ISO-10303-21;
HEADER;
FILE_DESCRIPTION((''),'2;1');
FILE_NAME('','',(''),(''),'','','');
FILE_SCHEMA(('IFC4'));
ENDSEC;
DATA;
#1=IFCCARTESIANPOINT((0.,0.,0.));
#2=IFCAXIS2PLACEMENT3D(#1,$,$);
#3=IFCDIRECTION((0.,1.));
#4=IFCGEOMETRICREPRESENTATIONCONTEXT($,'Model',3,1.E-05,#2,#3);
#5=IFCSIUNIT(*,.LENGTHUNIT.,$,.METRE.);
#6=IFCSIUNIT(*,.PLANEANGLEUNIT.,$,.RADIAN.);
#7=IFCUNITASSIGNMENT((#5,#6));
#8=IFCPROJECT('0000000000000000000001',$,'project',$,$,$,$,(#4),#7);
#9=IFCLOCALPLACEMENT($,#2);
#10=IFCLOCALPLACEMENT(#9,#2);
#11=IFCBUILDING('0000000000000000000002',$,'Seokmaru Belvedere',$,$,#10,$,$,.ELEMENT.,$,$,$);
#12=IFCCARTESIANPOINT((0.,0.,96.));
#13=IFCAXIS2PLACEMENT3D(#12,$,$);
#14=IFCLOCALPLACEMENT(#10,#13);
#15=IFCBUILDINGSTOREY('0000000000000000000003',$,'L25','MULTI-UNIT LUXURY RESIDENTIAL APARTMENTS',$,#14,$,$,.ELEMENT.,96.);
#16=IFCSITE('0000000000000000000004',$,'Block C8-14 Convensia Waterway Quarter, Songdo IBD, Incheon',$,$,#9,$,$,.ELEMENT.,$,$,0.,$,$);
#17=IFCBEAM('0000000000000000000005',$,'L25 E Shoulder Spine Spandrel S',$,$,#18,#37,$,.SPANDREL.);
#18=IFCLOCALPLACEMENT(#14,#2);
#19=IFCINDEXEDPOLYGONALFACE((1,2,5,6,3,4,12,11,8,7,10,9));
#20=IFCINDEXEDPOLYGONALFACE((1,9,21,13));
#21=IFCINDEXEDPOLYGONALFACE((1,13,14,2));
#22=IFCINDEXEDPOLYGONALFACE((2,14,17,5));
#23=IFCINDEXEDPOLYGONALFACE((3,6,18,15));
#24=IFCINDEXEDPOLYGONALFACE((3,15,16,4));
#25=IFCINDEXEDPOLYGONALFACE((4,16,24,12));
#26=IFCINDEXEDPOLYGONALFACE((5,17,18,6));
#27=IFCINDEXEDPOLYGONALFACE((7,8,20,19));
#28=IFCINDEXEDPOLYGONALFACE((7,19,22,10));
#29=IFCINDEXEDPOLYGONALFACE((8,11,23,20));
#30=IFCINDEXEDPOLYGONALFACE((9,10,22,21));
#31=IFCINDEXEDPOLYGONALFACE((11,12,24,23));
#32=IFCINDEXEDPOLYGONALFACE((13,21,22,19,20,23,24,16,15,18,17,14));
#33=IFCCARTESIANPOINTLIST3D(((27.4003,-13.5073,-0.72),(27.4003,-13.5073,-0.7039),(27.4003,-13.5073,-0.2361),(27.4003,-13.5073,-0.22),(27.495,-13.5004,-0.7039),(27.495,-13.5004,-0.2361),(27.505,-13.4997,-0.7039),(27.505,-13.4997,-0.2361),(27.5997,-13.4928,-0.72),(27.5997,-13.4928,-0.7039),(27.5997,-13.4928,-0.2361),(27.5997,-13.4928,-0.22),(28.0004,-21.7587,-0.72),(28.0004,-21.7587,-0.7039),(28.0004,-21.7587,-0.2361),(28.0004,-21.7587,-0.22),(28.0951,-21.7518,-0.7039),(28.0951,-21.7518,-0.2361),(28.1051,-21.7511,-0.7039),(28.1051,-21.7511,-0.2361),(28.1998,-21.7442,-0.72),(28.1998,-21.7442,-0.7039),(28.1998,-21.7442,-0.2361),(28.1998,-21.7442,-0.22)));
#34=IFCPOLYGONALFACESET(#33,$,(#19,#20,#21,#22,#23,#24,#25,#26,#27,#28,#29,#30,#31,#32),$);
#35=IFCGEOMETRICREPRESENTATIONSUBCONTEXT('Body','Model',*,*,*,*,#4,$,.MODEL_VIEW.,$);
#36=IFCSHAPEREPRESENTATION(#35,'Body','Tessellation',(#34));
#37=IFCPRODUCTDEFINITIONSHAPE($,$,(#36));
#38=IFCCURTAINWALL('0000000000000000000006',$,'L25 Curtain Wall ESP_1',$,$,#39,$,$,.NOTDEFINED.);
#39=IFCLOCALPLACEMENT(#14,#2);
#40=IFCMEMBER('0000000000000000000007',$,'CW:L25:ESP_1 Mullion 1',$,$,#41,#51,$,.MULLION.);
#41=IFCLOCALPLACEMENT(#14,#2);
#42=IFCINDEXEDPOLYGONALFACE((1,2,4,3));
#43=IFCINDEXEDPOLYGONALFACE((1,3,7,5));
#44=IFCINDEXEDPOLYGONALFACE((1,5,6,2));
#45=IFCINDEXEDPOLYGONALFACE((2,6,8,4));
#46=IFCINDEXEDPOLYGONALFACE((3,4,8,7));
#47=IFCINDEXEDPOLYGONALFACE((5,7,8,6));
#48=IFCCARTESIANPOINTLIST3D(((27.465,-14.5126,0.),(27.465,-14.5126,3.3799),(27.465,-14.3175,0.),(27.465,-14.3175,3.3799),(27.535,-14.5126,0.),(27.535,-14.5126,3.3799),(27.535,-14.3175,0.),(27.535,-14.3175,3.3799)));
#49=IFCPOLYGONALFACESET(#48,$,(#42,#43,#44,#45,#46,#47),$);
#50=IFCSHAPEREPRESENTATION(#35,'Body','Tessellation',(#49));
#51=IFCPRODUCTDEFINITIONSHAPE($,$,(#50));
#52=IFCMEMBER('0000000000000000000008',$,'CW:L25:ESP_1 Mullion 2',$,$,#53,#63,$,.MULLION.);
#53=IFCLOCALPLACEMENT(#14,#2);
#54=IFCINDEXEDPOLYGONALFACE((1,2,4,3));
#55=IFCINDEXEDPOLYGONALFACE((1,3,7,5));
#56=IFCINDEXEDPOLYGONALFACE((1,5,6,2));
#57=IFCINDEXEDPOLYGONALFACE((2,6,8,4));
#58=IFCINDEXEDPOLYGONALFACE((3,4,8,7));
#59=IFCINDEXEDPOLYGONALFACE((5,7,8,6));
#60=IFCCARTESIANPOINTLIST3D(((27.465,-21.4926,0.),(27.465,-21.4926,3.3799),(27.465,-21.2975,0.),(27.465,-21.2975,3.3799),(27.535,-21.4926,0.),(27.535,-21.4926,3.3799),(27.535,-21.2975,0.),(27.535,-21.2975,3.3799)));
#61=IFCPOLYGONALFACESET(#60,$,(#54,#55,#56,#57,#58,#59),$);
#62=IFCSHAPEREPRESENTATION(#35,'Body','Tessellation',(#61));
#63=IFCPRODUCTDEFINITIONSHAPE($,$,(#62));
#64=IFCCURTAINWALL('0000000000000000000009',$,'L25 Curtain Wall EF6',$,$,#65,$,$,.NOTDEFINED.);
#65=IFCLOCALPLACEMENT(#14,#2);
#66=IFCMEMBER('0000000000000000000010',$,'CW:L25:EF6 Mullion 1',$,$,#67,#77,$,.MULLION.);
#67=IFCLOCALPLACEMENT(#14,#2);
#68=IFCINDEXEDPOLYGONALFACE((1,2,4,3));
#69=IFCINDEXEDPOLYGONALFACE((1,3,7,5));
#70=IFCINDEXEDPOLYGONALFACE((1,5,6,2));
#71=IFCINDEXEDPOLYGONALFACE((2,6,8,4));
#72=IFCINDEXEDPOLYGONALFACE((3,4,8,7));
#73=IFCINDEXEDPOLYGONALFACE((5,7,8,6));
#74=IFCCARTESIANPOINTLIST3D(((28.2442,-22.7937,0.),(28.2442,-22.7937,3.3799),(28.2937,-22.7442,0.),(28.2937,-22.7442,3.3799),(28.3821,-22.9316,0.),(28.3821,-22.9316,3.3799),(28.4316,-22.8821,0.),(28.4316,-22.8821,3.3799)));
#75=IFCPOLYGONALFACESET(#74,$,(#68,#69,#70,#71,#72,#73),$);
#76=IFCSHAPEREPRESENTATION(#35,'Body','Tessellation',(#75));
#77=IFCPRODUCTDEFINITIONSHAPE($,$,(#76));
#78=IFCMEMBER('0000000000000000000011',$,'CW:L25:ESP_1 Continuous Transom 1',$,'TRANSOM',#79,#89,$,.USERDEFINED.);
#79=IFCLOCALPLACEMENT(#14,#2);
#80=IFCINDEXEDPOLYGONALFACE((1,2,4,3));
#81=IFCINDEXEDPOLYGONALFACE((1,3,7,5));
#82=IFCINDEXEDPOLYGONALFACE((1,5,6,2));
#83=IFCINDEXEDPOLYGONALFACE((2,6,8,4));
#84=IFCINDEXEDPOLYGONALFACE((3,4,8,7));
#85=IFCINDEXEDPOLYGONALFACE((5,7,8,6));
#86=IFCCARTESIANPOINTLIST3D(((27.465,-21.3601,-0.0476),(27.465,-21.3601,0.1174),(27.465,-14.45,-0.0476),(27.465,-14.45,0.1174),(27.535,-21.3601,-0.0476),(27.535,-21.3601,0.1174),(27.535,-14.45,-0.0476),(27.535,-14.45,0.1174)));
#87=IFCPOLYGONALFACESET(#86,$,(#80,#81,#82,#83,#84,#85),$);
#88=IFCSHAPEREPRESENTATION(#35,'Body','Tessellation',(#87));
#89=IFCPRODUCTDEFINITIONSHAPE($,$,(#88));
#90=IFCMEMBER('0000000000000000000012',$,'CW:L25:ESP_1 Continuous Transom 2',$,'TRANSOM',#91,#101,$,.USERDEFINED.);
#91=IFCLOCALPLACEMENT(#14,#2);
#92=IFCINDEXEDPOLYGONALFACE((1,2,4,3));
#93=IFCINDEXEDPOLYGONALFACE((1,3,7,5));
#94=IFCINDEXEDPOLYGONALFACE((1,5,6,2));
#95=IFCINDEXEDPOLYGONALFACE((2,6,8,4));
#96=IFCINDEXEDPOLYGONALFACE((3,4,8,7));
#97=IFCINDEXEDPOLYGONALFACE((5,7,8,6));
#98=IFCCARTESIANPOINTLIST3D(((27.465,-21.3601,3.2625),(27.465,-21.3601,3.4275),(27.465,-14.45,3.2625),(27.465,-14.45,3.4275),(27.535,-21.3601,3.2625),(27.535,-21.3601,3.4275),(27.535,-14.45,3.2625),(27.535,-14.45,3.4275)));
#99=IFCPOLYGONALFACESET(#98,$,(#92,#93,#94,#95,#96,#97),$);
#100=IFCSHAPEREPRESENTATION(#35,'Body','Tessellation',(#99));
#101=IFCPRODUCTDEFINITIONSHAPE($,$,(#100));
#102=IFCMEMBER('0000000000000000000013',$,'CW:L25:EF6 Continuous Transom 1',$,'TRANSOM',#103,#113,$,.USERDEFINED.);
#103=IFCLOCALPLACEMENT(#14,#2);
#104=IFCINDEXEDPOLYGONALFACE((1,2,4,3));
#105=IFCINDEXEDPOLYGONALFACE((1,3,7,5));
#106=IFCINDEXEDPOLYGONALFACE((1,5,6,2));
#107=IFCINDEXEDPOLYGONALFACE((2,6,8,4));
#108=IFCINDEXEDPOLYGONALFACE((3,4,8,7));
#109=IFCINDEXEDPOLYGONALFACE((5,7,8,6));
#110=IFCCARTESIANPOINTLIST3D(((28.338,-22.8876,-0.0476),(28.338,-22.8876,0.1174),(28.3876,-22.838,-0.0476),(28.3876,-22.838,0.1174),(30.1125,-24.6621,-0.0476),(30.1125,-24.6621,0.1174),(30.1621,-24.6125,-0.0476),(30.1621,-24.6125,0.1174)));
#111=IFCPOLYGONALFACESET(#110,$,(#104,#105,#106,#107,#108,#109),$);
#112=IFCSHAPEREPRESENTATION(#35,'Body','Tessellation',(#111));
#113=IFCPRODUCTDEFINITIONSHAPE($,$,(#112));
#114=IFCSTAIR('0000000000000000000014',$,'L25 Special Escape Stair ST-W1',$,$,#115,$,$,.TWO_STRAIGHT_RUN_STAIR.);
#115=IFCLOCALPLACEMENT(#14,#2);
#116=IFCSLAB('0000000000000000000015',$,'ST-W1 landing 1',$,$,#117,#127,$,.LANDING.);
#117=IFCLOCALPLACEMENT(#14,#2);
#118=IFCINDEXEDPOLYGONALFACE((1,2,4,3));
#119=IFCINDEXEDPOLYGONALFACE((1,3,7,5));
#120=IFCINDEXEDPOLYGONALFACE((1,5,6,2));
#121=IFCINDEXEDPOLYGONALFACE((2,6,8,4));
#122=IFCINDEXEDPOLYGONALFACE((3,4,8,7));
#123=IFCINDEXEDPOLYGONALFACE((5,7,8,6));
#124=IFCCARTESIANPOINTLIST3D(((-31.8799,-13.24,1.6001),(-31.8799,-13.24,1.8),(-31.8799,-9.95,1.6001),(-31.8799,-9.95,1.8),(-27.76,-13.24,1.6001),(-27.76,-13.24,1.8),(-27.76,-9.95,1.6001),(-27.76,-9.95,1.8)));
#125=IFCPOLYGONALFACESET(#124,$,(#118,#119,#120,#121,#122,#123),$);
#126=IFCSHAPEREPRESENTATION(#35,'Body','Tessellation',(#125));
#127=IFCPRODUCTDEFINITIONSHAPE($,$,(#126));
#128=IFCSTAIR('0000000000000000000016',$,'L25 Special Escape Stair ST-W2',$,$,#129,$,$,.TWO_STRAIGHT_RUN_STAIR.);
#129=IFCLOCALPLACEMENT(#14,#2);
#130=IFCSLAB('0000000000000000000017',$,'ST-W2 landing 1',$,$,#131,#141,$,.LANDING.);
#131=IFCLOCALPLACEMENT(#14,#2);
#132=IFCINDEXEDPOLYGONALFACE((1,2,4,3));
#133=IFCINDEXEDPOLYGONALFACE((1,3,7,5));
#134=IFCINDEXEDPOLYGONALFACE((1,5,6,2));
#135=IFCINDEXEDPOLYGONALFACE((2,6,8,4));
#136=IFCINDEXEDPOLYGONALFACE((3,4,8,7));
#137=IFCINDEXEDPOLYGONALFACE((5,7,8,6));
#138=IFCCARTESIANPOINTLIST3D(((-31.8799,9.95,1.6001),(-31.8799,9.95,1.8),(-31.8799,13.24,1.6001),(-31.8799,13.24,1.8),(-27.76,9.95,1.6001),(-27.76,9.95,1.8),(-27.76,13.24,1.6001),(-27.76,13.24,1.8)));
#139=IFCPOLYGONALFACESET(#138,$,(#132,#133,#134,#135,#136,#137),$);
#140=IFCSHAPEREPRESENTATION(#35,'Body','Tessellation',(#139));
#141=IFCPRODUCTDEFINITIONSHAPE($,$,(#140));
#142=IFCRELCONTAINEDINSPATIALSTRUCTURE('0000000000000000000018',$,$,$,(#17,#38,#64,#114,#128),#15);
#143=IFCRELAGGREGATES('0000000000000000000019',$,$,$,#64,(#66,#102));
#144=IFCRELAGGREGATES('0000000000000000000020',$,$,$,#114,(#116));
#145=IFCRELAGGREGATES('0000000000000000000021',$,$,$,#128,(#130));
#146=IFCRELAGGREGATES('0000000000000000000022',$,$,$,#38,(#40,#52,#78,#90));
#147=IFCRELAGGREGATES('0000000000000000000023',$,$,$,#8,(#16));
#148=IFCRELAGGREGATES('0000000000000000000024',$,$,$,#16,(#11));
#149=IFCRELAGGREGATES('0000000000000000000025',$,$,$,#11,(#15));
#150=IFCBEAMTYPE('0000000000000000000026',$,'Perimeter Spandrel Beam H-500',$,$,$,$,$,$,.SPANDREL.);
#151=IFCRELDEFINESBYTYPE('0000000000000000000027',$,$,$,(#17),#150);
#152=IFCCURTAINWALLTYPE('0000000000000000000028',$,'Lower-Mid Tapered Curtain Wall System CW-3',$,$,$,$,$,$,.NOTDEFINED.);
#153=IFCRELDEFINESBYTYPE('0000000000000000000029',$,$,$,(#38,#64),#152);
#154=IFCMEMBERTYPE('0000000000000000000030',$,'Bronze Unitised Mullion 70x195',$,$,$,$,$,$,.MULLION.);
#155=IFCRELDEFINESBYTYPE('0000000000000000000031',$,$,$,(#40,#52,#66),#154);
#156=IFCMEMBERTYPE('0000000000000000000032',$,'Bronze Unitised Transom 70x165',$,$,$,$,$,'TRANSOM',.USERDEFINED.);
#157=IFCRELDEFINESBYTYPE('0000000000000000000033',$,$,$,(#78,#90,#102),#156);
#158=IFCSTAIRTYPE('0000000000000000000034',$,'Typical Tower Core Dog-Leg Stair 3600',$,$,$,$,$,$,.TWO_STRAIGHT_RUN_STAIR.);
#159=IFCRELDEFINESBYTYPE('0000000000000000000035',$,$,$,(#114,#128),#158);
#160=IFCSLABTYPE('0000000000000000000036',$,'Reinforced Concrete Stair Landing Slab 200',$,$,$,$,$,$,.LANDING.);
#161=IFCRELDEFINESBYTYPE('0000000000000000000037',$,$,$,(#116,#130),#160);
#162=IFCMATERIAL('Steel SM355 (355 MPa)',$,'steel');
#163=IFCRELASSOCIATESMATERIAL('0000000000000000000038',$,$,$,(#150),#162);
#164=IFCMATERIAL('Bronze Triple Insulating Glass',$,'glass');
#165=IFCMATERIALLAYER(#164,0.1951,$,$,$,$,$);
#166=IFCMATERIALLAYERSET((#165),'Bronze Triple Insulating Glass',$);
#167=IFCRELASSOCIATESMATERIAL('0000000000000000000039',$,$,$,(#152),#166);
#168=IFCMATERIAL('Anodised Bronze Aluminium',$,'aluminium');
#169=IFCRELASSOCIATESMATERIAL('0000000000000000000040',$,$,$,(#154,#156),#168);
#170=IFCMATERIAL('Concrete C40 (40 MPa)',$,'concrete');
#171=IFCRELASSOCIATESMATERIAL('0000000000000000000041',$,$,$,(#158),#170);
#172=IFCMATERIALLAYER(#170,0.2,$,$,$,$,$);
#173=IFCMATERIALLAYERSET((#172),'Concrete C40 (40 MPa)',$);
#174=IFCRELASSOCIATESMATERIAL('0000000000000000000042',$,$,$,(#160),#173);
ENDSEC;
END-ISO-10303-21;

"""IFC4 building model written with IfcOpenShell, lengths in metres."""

from ifc_helpers import new_model, si_unit, direction, frame, origin, origin_2d, place, context, subcontext, project, spatial, polyline, rectangle, i_section, outline, extrude, source, transform, mapped, material, layer, layer_set, material_profile, profile_set, type_object, type_shapes, element, aggregate, save


model = new_model("IFC4")

# Units and contexts
model_context = context("Model", 3, precision=1e-05, world=origin(), true_north=direction((0.0, 1.0)))
body_context = subcontext(model_context, "Body", "Model", "MODEL_VIEW")
ifc_project = project(units=[si_unit("LENGTHUNIT", "METRE"), si_unit("PLANEANGLEUNIT", "RADIAN")], contexts=[model_context])

# Site, building, storey
site_placement = place(None, origin())
site = spatial("IfcSite", under=ifc_project, at=site_placement, Name="Block C8-14 Convensia Waterway Quarter, Songdo IBD, Incheon", CompositionType="ELEMENT", RefElevation=0.0)
building_placement = place(site_placement, origin())
building = spatial("IfcBuilding", under=site, at=building_placement, Name="Seokmaru Belvedere", CompositionType="ELEMENT")
storey_placement = place(building_placement, frame((0.0, 0.0, 96.0)))
storey = spatial("IfcBuildingStorey", under=building, at=storey_placement, Name="L25", Description="MULTI-UNIT LUXURY RESIDENTIAL APARTMENTS", CompositionType="ELEMENT", Elevation=96.0)

# Shared definitions
ifc_material_1 = material(Name="Steel SM355 (355 MPa)", Category="steel")

# Beam
ifc_material_profile_1 = material_profile(ifc_material_1, i_section(OverallWidth=0.2, OverallDepth=0.5, WebThickness=0.01, FlangeThickness=0.0161, at=origin_2d()), Name="H-500x200x10x16")
ifc_profile_set_1 = profile_set([ifc_material_profile_1], Name="Steel SM355 (355 MPa)")
beam_type_1 = type_object("IfcBeamType", Name="Perimeter Spandrel Beam H-500", PredefinedType="SPANDREL", material=ifc_profile_set_1)
shared_shape_1 = source(origin(), body_context, "Body", "SweptSolid", [
    extrude(i_section(OverallWidth=0.2, OverallDepth=0.5, WebThickness=0.01, FlangeThickness=0.0161, at=origin_2d()), origin(), (0.0, 0.0, 1.0), 8.2732),
])
beam_1_placement = place(storey_placement, frame((28.1001, -21.7515, -0.47), z_axis=(-0.072535, 0.997366, 0.0), x_axis=(-0.997366, -0.072535, 0.0)))
element("IfcBeam", 1, at=beam_1_placement, inside=storey, type_object=beam_type_1, Name="L25 E Shoulder Spine Spandrel S", PredefinedType="SPANDREL", context=body_context, shape_type="MappedRepresentation", body=[
    mapped(shared_shape_1, transform((0.0, 0.0, 0.0), scale=1.0)),
])

# Curtain wall, members
ifc_material_2 = material(Name="Bronze Triple Insulating Glass", Category="glass")
ifc_layer_1 = layer(ifc_material_2, 0.1951)
ifc_layer_set_1 = layer_set([ifc_layer_1], Name="Bronze Triple Insulating Glass")
curtain_wall_type = type_object("IfcCurtainWallType", Name="Lower-Mid Tapered Curtain Wall System CW-3", PredefinedType="NOTDEFINED", material=ifc_layer_set_1)
curtain_wall_1_placement = place(storey_placement, origin())
curtain_wall_1 = element("IfcCurtainWall", 2, at=curtain_wall_1_placement, inside=storey, type_object=curtain_wall_type, Name="L25 Curtain Wall ESP_1", PredefinedType="NOTDEFINED")
ifc_material_3 = material(Name="Anodised Bronze Aluminium", Category="aluminium")
ifc_material_profile_2 = material_profile(ifc_material_3, rectangle(XDim=0.0701, YDim=0.1951, at=origin_2d()), Name="CW-M-70x195")
ifc_profile_set_2 = profile_set([ifc_material_profile_2], Name="Anodised Bronze Aluminium")
member_type_1 = type_object("IfcMemberType", Name="Bronze Unitised Mullion 70x195", PredefinedType="MULLION", material=ifc_profile_set_2)
shared_shape_2 = source(origin(), body_context, "Body", "SweptSolid", [
    extrude(rectangle(XDim=0.0701, YDim=0.1951, at=origin_2d()), origin(), (0.0, 0.0, 1.0), 3.3799),
])
type_shapes(member_type_1, [shared_shape_2])
member_1_placement = place(storey_placement, frame((27.5, -14.415, 0.0), z_axis=(0.0, 0.0, 1.0), x_axis=(1.0, 0.0, 0.0)))
member_1 = element("IfcMember", 3, at=member_1_placement, type_object=member_type_1, Name="CW:L25:ESP_1 Mullion 1", PredefinedType="MULLION", context=body_context, shape_type="MappedRepresentation", body=[
    mapped(shared_shape_2, transform((0.0, 0.0, 0.0), scale=1.0)),
])
member_2_placement = place(storey_placement, frame((27.5, -21.395, 0.0), z_axis=(0.0, 0.0, 1.0), x_axis=(1.0, 0.0, 0.0)))
member_2 = element("IfcMember", 4, at=member_2_placement, type_object=member_type_1, Name="CW:L25:ESP_1 Mullion 2", PredefinedType="MULLION", context=body_context, shape_type="MappedRepresentation", body=[
    mapped(shared_shape_2, transform((0.0, 0.0, 0.0), scale=1.0)),
])

# Curtain wall, member
curtain_wall_2_placement = place(storey_placement, origin())
curtain_wall_2 = element("IfcCurtainWall", 5, at=curtain_wall_2_placement, inside=storey, type_object=curtain_wall_type, Name="L25 Curtain Wall EF6", PredefinedType="NOTDEFINED")
member_3_placement = place(storey_placement, frame((28.3379, -22.8379, 0.0), z_axis=(0.0, 0.0, 1.0), x_axis=(0.707107, 0.707107, 0.0)))
member_3 = element("IfcMember", 6, at=member_3_placement, type_object=member_type_1, Name="CW:L25:EF6 Mullion 1", PredefinedType="MULLION", context=body_context, shape_type="MappedRepresentation", body=[
    mapped(shared_shape_2, transform((0.0, 0.0, 0.0), scale=1.0)),
])

# Members
ifc_material_profile_3 = material_profile(ifc_material_3, rectangle(XDim=0.0701, YDim=0.165, at=origin_2d()), Name="CW-T-70x165")
ifc_profile_set_3 = profile_set([ifc_material_profile_3], Name="Anodised Bronze Aluminium")
member_type_2 = type_object("IfcMemberType", Name="Bronze Unitised Transom 70x165", ElementType="TRANSOM", PredefinedType="USERDEFINED", material=ifc_profile_set_3)
shared_shape_3 = source(origin(), body_context, "Body", "SweptSolid", [
    extrude(rectangle(XDim=0.0701, YDim=0.165, at=origin_2d()), origin(), (0.0, 0.0, 1.0), 6.9102),
])
member_4_placement = place(storey_placement, frame((27.5, -14.45, 0.0349), z_axis=(0.0, -1.0, 0.0), x_axis=(1.0, 0.0, 0.0)))
member_4 = element("IfcMember", 7, at=member_4_placement, type_object=member_type_2, Name="CW:L25:ESP_1 Continuous Transom 1", ObjectType="TRANSOM", PredefinedType="USERDEFINED", context=body_context, shape_type="MappedRepresentation", body=[
    mapped(shared_shape_3, transform((0.0, 0.0, 0.0), scale=1.0)),
])
member_5_placement = place(storey_placement, frame((27.5, -14.45, 3.345), z_axis=(0.0, -1.0, 0.0), x_axis=(1.0, 0.0, 0.0)))
member_5 = element("IfcMember", 8, at=member_5_placement, type_object=member_type_2, Name="CW:L25:ESP_1 Continuous Transom 2", ObjectType="TRANSOM", PredefinedType="USERDEFINED", context=body_context, shape_type="MappedRepresentation", body=[
    mapped(shared_shape_3, transform((0.0, 0.0, 0.0), scale=1.0)),
])
shared_shape_4 = source(origin(), body_context, "Body", "SweptSolid", [
    extrude(rectangle(XDim=0.0701, YDim=0.165, at=origin_2d()), origin(), (0.0, 0.0, 1.0), 2.5095),
])
type_shapes(member_type_2, [shared_shape_3, shared_shape_4])
member_6_placement = place(storey_placement, frame((28.3628, -22.8628, 0.0349), z_axis=(0.707107, -0.707107, 0.0), x_axis=(0.707107, 0.707107, 0.0)))
member_6 = element("IfcMember", 9, at=member_6_placement, type_object=member_type_2, Name="CW:L25:EF6 Continuous Transom 1", ObjectType="TRANSOM", PredefinedType="USERDEFINED", context=body_context, shape_type="MappedRepresentation", body=[
    mapped(shared_shape_4, transform((0.0, 0.0, 0.0), scale=1.0)),
])
aggregate(curtain_wall_2, [member_3, member_6])

# Stairs, slabs
ifc_material_4 = material(Name="Concrete C40 (40 MPa)", Category="concrete")
stair_type = type_object("IfcStairType", Name="Typical Tower Core Dog-Leg Stair 3600", PredefinedType="TWO_STRAIGHT_RUN_STAIR", material=ifc_material_4)
stair_1_placement = place(storey_placement, origin())
stair_1 = element("IfcStair", 10, at=stair_1_placement, inside=storey, type_object=stair_type, Name="L25 Special Escape Stair ST-W1", PredefinedType="TWO_STRAIGHT_RUN_STAIR")
ifc_layer_2 = layer(ifc_material_4, 0.2)
ifc_layer_set_2 = layer_set([ifc_layer_2], Name="Concrete C40 (40 MPa)")
slab_type_1 = type_object("IfcSlabType", Name="Reinforced Concrete Stair Landing Slab 200", PredefinedType="LANDING", material=ifc_layer_set_2)
slab_1_placement = place(storey_placement, frame((0.0, 0.0, 1.6001)))
slab_1 = element("IfcSlab", 11, at=slab_1_placement, type_object=slab_type_1, Name="ST-W1 landing 1", PredefinedType="LANDING", context=body_context, shape_type="SweptSolid", body=[
    extrude(outline(polyline([(-31.8799, -13.24), (-27.76, -13.24), (-27.76, -9.95), (-31.8799, -9.95), (-31.8799, -13.24)])), origin(), (0.0, 0.0, 1.0), 0.2),
])
aggregate(stair_1, [slab_1])
stair_2_placement = place(storey_placement, origin())
stair_2 = element("IfcStair", 12, at=stair_2_placement, inside=storey, type_object=stair_type, Name="L25 Special Escape Stair ST-W2", PredefinedType="TWO_STRAIGHT_RUN_STAIR")
slab_2_placement = place(storey_placement, frame((0.0, 0.0, 1.6001)))
slab_2 = element("IfcSlab", 13, at=slab_2_placement, type_object=slab_type_1, Name="ST-W2 landing 1", PredefinedType="LANDING", context=body_context, shape_type="SweptSolid", body=[
    extrude(outline(polyline([(-31.8799, 9.95), (-27.76, 9.95), (-27.76, 13.24), (-31.8799, 13.24), (-31.8799, 9.95)])), origin(), (0.0, 0.0, 1.0), 0.2),
])
aggregate(stair_2, [slab_2])

aggregate(curtain_wall_1, [member_1, member_2, member_4, member_5])

save(model, "model.ifc")
